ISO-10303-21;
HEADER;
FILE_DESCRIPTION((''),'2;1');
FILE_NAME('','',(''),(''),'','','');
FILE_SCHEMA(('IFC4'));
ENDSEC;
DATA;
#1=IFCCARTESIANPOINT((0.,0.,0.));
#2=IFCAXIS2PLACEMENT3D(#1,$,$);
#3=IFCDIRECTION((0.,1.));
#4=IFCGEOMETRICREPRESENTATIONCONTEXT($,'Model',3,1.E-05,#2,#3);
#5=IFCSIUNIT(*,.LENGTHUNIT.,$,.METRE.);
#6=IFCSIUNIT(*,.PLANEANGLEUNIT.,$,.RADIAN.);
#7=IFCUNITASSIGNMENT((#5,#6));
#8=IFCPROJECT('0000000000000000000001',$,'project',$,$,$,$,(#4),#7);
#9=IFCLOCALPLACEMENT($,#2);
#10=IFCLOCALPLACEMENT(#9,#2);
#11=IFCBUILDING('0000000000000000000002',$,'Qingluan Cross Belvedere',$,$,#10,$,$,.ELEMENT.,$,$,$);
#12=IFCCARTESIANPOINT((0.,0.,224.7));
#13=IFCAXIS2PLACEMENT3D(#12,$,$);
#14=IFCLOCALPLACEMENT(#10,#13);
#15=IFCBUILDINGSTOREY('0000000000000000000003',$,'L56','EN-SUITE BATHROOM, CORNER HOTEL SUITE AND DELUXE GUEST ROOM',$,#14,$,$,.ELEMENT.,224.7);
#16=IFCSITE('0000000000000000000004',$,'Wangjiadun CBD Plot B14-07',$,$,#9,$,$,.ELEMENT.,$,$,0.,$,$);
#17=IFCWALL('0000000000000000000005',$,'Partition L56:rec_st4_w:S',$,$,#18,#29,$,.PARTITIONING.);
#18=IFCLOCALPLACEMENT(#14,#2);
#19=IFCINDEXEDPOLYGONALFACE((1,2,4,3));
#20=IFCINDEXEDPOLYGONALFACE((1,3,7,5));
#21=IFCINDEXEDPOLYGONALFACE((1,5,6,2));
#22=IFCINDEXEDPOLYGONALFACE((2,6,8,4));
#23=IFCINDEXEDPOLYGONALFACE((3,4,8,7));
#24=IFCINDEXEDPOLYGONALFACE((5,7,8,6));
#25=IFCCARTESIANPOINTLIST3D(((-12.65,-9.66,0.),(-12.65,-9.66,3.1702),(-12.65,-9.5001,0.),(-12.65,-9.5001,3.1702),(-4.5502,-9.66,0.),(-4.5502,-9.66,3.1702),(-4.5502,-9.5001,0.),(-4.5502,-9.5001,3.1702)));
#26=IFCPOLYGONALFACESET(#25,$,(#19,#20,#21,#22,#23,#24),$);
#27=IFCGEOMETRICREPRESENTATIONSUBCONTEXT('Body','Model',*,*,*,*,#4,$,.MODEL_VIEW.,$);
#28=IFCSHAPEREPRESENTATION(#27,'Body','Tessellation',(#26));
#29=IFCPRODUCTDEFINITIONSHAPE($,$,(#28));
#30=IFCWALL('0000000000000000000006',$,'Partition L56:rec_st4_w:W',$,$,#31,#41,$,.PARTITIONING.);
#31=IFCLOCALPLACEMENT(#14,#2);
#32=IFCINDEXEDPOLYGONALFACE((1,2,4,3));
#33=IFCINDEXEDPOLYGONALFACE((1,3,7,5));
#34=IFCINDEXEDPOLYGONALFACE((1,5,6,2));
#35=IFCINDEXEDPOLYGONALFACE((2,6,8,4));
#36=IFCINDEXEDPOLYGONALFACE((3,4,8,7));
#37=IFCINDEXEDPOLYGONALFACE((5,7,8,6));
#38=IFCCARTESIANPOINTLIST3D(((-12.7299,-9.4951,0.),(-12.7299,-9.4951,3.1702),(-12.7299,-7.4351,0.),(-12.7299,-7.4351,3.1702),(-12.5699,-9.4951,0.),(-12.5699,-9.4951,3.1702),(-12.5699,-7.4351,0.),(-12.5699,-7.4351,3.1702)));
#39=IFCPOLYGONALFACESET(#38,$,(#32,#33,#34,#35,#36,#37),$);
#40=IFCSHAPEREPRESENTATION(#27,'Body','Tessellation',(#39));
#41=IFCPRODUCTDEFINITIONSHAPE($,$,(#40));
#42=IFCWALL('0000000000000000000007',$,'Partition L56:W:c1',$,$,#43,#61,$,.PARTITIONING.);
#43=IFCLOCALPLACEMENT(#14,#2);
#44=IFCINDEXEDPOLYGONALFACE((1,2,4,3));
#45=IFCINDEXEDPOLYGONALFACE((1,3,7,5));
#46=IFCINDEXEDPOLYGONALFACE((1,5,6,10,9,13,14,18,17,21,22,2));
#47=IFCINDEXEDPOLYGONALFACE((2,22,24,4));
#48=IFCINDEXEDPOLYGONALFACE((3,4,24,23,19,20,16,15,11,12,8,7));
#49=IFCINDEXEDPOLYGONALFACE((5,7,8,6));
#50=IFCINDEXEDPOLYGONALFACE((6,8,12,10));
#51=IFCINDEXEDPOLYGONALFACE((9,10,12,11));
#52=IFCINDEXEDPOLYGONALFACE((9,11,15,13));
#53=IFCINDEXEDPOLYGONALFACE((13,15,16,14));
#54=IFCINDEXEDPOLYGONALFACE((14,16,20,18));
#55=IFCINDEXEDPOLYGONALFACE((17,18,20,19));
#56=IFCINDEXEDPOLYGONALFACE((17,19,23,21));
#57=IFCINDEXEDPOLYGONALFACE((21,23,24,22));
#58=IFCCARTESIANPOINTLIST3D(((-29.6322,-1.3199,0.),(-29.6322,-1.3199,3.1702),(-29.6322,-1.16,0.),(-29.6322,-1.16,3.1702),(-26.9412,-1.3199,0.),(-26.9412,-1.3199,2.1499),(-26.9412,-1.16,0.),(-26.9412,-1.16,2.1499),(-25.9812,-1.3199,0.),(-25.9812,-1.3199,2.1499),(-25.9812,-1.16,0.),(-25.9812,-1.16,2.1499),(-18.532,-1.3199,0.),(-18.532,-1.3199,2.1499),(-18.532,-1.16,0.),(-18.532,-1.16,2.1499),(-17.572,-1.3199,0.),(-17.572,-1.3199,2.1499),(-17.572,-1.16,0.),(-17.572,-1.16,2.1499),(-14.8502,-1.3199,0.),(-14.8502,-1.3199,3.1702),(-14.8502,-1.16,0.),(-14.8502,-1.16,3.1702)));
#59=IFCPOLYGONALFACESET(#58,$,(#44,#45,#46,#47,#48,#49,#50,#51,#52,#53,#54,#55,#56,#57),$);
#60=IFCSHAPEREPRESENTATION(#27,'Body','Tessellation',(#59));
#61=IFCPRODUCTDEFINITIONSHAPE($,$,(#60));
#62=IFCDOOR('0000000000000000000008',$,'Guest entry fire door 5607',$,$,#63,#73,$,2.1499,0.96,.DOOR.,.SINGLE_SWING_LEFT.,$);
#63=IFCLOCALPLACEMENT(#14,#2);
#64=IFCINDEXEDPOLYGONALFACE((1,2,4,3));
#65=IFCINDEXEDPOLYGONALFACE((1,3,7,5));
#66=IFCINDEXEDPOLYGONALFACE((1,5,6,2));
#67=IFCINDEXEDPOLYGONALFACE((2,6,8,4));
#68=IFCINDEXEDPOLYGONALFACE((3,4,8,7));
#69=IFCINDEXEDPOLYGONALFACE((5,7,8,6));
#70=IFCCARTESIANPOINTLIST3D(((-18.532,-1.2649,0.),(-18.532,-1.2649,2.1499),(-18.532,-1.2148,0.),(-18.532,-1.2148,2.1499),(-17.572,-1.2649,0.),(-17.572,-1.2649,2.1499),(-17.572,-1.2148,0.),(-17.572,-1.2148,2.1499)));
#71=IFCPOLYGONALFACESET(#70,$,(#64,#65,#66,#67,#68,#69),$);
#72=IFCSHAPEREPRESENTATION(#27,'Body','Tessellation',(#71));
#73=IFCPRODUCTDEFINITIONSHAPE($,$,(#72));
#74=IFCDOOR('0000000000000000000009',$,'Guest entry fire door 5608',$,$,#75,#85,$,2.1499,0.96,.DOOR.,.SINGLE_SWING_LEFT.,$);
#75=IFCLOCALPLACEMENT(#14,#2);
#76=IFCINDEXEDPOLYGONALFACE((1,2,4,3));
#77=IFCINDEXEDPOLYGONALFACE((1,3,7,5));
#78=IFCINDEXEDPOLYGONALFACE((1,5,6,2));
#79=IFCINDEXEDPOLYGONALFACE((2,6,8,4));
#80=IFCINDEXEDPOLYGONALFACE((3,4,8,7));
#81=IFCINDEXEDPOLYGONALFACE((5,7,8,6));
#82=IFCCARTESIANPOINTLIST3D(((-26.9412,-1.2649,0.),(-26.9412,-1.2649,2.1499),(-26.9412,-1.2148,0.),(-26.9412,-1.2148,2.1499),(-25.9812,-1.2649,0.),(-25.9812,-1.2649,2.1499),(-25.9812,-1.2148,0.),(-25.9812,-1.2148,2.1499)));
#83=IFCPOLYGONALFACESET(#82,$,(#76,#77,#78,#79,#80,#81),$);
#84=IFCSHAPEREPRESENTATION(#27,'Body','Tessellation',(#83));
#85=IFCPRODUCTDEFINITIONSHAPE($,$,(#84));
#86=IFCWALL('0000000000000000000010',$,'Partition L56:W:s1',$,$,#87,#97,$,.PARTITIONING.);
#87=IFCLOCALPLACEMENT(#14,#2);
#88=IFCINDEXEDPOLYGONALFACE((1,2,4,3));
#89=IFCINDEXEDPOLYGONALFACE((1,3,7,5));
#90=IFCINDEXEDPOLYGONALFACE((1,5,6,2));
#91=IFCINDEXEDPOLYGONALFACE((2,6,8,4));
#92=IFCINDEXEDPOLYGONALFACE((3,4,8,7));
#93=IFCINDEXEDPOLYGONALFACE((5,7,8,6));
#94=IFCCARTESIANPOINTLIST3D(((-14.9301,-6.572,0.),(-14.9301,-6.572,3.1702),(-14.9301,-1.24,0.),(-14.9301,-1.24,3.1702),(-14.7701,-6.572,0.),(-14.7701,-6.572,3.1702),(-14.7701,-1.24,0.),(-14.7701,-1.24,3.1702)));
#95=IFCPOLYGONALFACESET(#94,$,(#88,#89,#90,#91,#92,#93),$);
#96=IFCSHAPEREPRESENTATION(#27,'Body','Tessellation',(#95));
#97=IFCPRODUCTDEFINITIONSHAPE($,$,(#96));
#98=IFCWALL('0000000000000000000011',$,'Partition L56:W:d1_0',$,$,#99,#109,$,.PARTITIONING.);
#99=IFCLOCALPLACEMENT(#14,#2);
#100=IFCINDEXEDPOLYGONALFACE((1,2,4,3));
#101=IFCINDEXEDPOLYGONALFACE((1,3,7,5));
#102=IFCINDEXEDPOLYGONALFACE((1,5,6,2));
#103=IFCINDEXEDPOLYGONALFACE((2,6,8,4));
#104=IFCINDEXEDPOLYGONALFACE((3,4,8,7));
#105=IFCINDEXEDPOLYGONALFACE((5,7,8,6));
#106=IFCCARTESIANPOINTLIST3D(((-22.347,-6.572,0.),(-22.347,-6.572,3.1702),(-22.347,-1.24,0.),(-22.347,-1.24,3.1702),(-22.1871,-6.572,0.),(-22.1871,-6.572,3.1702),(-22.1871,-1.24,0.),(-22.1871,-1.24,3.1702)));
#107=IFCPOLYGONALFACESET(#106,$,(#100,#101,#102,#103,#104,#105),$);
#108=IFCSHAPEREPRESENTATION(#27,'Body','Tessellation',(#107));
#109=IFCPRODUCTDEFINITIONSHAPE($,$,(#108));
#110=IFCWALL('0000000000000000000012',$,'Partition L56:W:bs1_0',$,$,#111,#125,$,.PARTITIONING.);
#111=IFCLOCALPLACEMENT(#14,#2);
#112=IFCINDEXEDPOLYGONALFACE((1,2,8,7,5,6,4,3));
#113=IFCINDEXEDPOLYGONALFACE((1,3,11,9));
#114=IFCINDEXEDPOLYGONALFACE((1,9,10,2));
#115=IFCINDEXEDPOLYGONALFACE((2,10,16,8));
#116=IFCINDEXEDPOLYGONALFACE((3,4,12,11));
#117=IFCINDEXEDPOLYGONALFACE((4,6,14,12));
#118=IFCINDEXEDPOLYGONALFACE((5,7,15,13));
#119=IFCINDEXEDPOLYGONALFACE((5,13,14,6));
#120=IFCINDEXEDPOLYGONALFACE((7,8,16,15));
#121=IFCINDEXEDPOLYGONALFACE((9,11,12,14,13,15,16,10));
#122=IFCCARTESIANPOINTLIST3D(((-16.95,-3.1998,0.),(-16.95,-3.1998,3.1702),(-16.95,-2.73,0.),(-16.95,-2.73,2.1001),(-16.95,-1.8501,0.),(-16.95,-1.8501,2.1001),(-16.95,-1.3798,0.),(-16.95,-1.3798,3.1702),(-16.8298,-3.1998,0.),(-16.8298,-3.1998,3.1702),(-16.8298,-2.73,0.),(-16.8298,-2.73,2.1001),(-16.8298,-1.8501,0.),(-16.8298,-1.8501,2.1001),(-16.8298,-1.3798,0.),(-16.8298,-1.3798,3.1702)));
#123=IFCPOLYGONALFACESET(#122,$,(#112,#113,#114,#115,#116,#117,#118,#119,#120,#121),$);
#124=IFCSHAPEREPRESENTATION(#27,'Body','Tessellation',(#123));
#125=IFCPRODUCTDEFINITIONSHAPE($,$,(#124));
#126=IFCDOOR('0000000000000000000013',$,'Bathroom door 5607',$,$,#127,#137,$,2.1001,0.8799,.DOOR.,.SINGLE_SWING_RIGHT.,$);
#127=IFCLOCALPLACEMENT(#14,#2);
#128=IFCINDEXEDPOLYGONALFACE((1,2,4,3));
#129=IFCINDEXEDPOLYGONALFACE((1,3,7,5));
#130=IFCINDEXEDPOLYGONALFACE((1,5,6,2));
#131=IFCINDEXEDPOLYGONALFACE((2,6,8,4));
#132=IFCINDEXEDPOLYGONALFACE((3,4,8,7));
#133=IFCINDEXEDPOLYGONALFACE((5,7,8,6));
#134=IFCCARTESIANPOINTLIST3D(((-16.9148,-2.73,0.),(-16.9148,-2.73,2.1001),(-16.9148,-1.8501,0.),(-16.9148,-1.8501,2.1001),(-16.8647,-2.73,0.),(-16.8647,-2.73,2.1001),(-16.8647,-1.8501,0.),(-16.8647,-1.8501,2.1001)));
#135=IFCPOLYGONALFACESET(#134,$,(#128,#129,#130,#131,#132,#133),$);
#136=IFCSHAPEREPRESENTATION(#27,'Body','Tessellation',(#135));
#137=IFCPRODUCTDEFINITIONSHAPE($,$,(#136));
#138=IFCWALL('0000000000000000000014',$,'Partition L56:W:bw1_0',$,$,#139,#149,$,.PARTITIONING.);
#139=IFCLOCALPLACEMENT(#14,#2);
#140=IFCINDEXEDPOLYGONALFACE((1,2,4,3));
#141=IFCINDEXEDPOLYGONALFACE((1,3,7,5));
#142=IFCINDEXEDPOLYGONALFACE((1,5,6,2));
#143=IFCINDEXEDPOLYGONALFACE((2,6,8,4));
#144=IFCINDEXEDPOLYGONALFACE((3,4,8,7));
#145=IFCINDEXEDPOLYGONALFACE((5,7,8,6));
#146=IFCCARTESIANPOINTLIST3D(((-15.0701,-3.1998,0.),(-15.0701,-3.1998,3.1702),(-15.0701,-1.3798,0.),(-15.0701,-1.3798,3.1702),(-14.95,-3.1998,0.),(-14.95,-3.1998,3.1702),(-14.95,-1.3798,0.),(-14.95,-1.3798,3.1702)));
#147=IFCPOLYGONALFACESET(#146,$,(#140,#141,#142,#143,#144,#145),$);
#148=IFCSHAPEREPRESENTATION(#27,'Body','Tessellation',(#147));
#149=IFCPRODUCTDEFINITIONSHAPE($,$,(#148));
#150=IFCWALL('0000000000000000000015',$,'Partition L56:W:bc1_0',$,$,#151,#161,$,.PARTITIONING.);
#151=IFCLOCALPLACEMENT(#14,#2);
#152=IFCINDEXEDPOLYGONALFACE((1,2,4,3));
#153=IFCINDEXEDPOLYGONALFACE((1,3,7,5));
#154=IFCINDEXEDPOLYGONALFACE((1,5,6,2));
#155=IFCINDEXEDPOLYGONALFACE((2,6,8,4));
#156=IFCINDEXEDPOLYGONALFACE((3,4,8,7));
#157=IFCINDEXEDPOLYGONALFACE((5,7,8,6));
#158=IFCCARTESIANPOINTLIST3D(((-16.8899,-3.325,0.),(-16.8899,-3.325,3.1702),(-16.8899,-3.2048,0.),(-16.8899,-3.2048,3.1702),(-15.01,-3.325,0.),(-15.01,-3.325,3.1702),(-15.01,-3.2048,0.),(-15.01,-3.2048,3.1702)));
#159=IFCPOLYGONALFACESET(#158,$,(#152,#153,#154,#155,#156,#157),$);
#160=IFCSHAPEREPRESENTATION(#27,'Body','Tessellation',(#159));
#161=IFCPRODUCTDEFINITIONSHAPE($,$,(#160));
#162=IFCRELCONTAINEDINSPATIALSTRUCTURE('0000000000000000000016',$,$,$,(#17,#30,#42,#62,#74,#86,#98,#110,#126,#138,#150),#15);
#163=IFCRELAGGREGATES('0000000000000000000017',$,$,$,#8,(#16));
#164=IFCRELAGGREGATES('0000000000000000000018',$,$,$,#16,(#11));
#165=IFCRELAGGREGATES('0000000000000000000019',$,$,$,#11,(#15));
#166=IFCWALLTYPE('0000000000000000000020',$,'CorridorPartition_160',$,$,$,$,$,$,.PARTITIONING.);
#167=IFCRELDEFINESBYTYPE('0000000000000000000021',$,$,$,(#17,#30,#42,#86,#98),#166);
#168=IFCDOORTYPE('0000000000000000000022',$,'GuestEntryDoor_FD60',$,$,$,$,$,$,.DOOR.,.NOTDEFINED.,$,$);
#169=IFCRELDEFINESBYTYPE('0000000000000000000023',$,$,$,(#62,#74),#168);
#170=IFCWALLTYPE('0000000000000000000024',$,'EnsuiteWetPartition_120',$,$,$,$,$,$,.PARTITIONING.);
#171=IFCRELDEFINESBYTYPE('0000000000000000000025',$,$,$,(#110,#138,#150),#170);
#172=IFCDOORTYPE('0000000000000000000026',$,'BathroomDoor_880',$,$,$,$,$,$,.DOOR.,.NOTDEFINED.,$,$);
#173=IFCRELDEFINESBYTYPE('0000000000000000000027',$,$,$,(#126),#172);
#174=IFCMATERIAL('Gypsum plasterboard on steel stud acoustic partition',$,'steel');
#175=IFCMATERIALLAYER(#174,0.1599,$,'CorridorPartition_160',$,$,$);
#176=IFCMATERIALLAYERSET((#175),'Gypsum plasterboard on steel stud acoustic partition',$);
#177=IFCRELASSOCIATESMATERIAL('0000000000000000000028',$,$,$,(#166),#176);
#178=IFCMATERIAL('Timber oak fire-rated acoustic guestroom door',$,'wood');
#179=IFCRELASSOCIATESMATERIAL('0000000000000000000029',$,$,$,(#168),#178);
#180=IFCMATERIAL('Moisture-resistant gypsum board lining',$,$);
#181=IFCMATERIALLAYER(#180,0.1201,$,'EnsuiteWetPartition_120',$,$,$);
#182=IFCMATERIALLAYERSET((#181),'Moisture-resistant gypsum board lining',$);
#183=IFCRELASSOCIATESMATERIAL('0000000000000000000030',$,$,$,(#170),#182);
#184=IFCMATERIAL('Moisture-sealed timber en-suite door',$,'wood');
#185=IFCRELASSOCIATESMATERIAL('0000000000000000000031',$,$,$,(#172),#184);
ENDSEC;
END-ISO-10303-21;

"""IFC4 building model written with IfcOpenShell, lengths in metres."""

from ifc_helpers import new_model, si_unit, direction, frame, frame_2d, origin, place, context, subcontext, project, spatial, rectangle, extrude, material, layer, layer_set, type_object, element, fill, save


model = new_model("IFC4")

# Units and contexts
model_context = context("Model", 3, precision=1e-05, world=origin(), true_north=direction((0.0, 1.0)))
body_context = subcontext(model_context, "Body", "Model", "MODEL_VIEW")
ifc_project = project(units=[si_unit("LENGTHUNIT", "METRE"), si_unit("PLANEANGLEUNIT", "RADIAN")], contexts=[model_context])

# Site, building, storey
site_placement = place(None, origin())
site = spatial("IfcSite", under=ifc_project, at=site_placement, Name="Wangjiadun CBD Plot B14-07", CompositionType="ELEMENT", RefElevation=0.0)
building_placement = place(site_placement, origin())
building = spatial("IfcBuilding", under=site, at=building_placement, Name="Qingluan Cross Belvedere", CompositionType="ELEMENT")
storey_placement = place(building_placement, frame((0.0, 0.0, 224.7)))
storey = spatial("IfcBuildingStorey", under=building, at=storey_placement, Name="L56", Description="EN-SUITE BATHROOM, CORNER HOTEL SUITE AND DELUXE GUEST ROOM", CompositionType="ELEMENT", Elevation=224.7)

# Walls
ifc_material_1 = material(Name="Gypsum plasterboard on steel stud acoustic partition", Category="steel")
ifc_layer_1 = layer(ifc_material_1, 0.1599, Name="CorridorPartition_160")
ifc_layer_set_1 = layer_set([ifc_layer_1], Name="Gypsum plasterboard on steel stud acoustic partition")
wall_type_1 = type_object("IfcWallType", Name="CorridorPartition_160", PredefinedType="PARTITIONING", material=ifc_layer_set_1)
wall_1_placement = place(storey_placement, frame((-12.6499, -9.5801, 0.0), z_axis=(0.0, 0.0, 1.0), x_axis=(1.0, 0.0, 0.0)))
element("IfcWall", 1, at=wall_1_placement, inside=storey, type_object=wall_type_1, Name="Partition L56:rec_st4_w:S", PredefinedType="PARTITIONING", context=body_context, shape_type="SweptSolid", body=[
    extrude(rectangle(XDim=8.0999, YDim=0.1599, at=frame_2d((4.0498, 0.0))), origin(), (0.0, 0.0, 1.0), 3.1702),
])
wall_2_placement = place(storey_placement, frame((-12.6499, -9.4951, 0.0), z_axis=(0.0, 0.0, 1.0), x_axis=(0.0, 1.0, 0.0)))
element("IfcWall", 2, at=wall_2_placement, inside=storey, type_object=wall_type_1, Name="Partition L56:rec_st4_w:W", PredefinedType="PARTITIONING", context=body_context, shape_type="SweptSolid", body=[
    extrude(rectangle(XDim=2.0601, YDim=0.1599, at=frame_2d((1.03, 0.0))), origin(), (0.0, 0.0, 1.0), 3.1702),
])

# Wall, openings, doors
wall_3_placement = place(storey_placement, frame((-14.8501, -1.24, 0.0), z_axis=(0.0, 0.0, 1.0), x_axis=(-1.0, 0.0, 0.0)))
wall_3 = element("IfcWall", 3, at=wall_3_placement, inside=storey, type_object=wall_type_1, Name="Partition L56:W:c1", PredefinedType="PARTITIONING", context=body_context, shape_type="SweptSolid", body=[
    extrude(rectangle(XDim=14.782, YDim=0.1599, at=frame_2d((7.3911, 0.0))), origin(), (0.0, 0.0, 1.0), 3.1702),
])
opening_1_placement = place(wall_3_placement, frame((2.7219, 0.0, 0.0)))
opening_1 = element("IfcOpeningElement", 4, at=opening_1_placement, cuts=wall_3, PredefinedType="OPENING", context=body_context, shape_type="SweptSolid", body=[
    extrude(rectangle(XDim=0.96, YDim=2.1499, at=frame_2d((0.48, 1.075))), frame((0.0, 0.0898, 0.0), z_axis=(0.0, -1.0, 0.0), x_axis=(1.0, 0.0, 0.0)), (0.0, 0.0, 1.0), 0.1799),
])
opening_2_placement = place(wall_3_placement, frame((11.1311, 0.0, 0.0)))
opening_2 = element("IfcOpeningElement", 5, at=opening_2_placement, cuts=wall_3, PredefinedType="OPENING", context=body_context, shape_type="SweptSolid", body=[
    extrude(rectangle(XDim=0.96, YDim=2.1499, at=frame_2d((0.48, 1.075))), frame((0.0, 0.0898, 0.0), z_axis=(0.0, -1.0, 0.0), x_axis=(1.0, 0.0, 0.0)), (0.0, 0.0, 1.0), 0.1799),
])
ifc_material_2 = material(Name="Timber oak fire-rated acoustic guestroom door", Category="wood")
door_type_1 = type_object("IfcDoorType", Name="GuestEntryDoor_FD60", OperationType="NOTDEFINED", PredefinedType="DOOR", material=ifc_material_2)
door_1_placement = place(opening_1_placement, origin())
door_1 = element("IfcDoor", 6, at=door_1_placement, inside=storey, type_object=door_type_1, Name="Guest entry fire door 5607", OperationType="SINGLE_SWING_LEFT", OverallHeight=2.1499, OverallWidth=0.96, PredefinedType="DOOR", context=body_context, shape_type="SweptSolid", body=[
    extrude(rectangle(XDim=0.96, YDim=2.1499, at=frame_2d((0.48, 1.075))), frame((0.0, 0.0249, 0.0), z_axis=(0.0, -1.0, 0.0), x_axis=(1.0, 0.0, 0.0)), (0.0, 0.0, 1.0), 0.05),
])
fill(opening_1, door_1)
door_2_placement = place(opening_2_placement, origin())
door_2 = element("IfcDoor", 7, at=door_2_placement, inside=storey, type_object=door_type_1, Name="Guest entry fire door 5608", OperationType="SINGLE_SWING_LEFT", OverallHeight=2.1499, OverallWidth=0.96, PredefinedType="DOOR", context=body_context, shape_type="SweptSolid", body=[
    extrude(rectangle(XDim=0.96, YDim=2.1499, at=frame_2d((0.48, 1.075))), frame((0.0, 0.0249, 0.0), z_axis=(0.0, -1.0, 0.0), x_axis=(1.0, 0.0, 0.0)), (0.0, 0.0, 1.0), 0.05),
])
fill(opening_2, door_2)

# Walls
for number, where, z_axis, x_axis, name in (
    (8, (-14.8501, -1.24, 0.0), (0.0, 0.0, 1.0), (0.0, -1.0, 0.0), "Partition L56:W:s1"),
    (9, (-22.2671, -1.24, 0.0), (0.0, 0.0, 1.0), (0.0, -1.0, 0.0), "Partition L56:W:d1_0"),
):
    element("IfcWall", number, at=place(storey_placement, frame(where, z_axis=z_axis, x_axis=x_axis)), inside=storey, type_object=wall_type_1, Name=name, PredefinedType="PARTITIONING", context=body_context, shape_type="SweptSolid", body=[
        extrude(rectangle(XDim=5.332, YDim=0.1599, at=frame_2d((2.666, 0.0))), origin(), (0.0, 0.0, 1.0), 3.1702),
    ])

# Wall, opening, door
ifc_material_3 = material(Name="Moisture-resistant gypsum board lining")
ifc_layer_2 = layer(ifc_material_3, 0.1201, Name="EnsuiteWetPartition_120")
ifc_layer_set_2 = layer_set([ifc_layer_2], Name="Moisture-resistant gypsum board lining")
wall_type_2 = type_object("IfcWallType", Name="EnsuiteWetPartition_120", PredefinedType="PARTITIONING", material=ifc_layer_set_2)
wall_4_placement = place(storey_placement, frame((-16.8899, -3.2, 0.0), z_axis=(0.0, 0.0, 1.0), x_axis=(0.0, 1.0, 0.0)))
wall_4 = element("IfcWall", 10, at=wall_4_placement, inside=storey, type_object=wall_type_2, Name="Partition L56:W:bs1_0", PredefinedType="PARTITIONING", context=body_context, shape_type="SweptSolid", body=[
    extrude(rectangle(XDim=1.8201, YDim=0.1201, at=frame_2d((0.9102, 0.0))), origin(), (0.0, 0.0, 1.0), 3.1702),
])
opening_3_placement = place(wall_4_placement, frame((0.47, 0.0, 0.0)))
opening_3 = element("IfcOpeningElement", 11, at=opening_3_placement, cuts=wall_4, PredefinedType="OPENING", context=body_context, shape_type="SweptSolid", body=[
    extrude(rectangle(XDim=0.8799, YDim=2.1001, at=frame_2d((0.4399, 1.05))), frame((0.0, 0.0701, 0.0), z_axis=(0.0, -1.0, 0.0), x_axis=(1.0, 0.0, 0.0)), (0.0, 0.0, 1.0), 0.1401),
])
ifc_material_4 = material(Name="Moisture-sealed timber en-suite door", Category="wood")
door_type_2 = type_object("IfcDoorType", Name="BathroomDoor_880", OperationType="NOTDEFINED", PredefinedType="DOOR", material=ifc_material_4)
door_3_placement = place(opening_3_placement, origin())
door_3 = element("IfcDoor", 12, at=door_3_placement, inside=storey, type_object=door_type_2, Name="Bathroom door 5607", OperationType="SINGLE_SWING_RIGHT", OverallHeight=2.1001, OverallWidth=0.8799, PredefinedType="DOOR", context=body_context, shape_type="SweptSolid", body=[
    extrude(rectangle(XDim=0.8799, YDim=2.1001, at=frame_2d((0.4399, 1.05))), frame((0.0, 0.0249, 0.0), z_axis=(0.0, -1.0, 0.0), x_axis=(1.0, 0.0, 0.0)), (0.0, 0.0, 1.0), 0.05),
])
fill(opening_3, door_3)

# Walls
wall_5_placement = place(storey_placement, frame((-15.01, -3.2, 0.0), z_axis=(0.0, 0.0, 1.0), x_axis=(0.0, 1.0, 0.0)))
element("IfcWall", 13, at=wall_5_placement, inside=storey, type_object=wall_type_2, Name="Partition L56:W:bw1_0", PredefinedType="PARTITIONING", context=body_context, shape_type="SweptSolid", body=[
    extrude(rectangle(XDim=1.8201, YDim=0.1201, at=frame_2d((0.9102, 0.0))), origin(), (0.0, 0.0, 1.0), 3.1702),
])
wall_6_placement = place(storey_placement, frame((-15.01, -3.2649, 0.0), z_axis=(0.0, 0.0, 1.0), x_axis=(-1.0, 0.0, 0.0)))
element("IfcWall", 14, at=wall_6_placement, inside=storey, type_object=wall_type_2, Name="Partition L56:W:bc1_0", PredefinedType="PARTITIONING", context=body_context, shape_type="SweptSolid", body=[
    extrude(rectangle(XDim=1.8799, YDim=0.1201, at=frame_2d((0.9399, 0.0))), origin(), (0.0, 0.0, 1.0), 3.1702),
])

save(model, "model.ifc")
